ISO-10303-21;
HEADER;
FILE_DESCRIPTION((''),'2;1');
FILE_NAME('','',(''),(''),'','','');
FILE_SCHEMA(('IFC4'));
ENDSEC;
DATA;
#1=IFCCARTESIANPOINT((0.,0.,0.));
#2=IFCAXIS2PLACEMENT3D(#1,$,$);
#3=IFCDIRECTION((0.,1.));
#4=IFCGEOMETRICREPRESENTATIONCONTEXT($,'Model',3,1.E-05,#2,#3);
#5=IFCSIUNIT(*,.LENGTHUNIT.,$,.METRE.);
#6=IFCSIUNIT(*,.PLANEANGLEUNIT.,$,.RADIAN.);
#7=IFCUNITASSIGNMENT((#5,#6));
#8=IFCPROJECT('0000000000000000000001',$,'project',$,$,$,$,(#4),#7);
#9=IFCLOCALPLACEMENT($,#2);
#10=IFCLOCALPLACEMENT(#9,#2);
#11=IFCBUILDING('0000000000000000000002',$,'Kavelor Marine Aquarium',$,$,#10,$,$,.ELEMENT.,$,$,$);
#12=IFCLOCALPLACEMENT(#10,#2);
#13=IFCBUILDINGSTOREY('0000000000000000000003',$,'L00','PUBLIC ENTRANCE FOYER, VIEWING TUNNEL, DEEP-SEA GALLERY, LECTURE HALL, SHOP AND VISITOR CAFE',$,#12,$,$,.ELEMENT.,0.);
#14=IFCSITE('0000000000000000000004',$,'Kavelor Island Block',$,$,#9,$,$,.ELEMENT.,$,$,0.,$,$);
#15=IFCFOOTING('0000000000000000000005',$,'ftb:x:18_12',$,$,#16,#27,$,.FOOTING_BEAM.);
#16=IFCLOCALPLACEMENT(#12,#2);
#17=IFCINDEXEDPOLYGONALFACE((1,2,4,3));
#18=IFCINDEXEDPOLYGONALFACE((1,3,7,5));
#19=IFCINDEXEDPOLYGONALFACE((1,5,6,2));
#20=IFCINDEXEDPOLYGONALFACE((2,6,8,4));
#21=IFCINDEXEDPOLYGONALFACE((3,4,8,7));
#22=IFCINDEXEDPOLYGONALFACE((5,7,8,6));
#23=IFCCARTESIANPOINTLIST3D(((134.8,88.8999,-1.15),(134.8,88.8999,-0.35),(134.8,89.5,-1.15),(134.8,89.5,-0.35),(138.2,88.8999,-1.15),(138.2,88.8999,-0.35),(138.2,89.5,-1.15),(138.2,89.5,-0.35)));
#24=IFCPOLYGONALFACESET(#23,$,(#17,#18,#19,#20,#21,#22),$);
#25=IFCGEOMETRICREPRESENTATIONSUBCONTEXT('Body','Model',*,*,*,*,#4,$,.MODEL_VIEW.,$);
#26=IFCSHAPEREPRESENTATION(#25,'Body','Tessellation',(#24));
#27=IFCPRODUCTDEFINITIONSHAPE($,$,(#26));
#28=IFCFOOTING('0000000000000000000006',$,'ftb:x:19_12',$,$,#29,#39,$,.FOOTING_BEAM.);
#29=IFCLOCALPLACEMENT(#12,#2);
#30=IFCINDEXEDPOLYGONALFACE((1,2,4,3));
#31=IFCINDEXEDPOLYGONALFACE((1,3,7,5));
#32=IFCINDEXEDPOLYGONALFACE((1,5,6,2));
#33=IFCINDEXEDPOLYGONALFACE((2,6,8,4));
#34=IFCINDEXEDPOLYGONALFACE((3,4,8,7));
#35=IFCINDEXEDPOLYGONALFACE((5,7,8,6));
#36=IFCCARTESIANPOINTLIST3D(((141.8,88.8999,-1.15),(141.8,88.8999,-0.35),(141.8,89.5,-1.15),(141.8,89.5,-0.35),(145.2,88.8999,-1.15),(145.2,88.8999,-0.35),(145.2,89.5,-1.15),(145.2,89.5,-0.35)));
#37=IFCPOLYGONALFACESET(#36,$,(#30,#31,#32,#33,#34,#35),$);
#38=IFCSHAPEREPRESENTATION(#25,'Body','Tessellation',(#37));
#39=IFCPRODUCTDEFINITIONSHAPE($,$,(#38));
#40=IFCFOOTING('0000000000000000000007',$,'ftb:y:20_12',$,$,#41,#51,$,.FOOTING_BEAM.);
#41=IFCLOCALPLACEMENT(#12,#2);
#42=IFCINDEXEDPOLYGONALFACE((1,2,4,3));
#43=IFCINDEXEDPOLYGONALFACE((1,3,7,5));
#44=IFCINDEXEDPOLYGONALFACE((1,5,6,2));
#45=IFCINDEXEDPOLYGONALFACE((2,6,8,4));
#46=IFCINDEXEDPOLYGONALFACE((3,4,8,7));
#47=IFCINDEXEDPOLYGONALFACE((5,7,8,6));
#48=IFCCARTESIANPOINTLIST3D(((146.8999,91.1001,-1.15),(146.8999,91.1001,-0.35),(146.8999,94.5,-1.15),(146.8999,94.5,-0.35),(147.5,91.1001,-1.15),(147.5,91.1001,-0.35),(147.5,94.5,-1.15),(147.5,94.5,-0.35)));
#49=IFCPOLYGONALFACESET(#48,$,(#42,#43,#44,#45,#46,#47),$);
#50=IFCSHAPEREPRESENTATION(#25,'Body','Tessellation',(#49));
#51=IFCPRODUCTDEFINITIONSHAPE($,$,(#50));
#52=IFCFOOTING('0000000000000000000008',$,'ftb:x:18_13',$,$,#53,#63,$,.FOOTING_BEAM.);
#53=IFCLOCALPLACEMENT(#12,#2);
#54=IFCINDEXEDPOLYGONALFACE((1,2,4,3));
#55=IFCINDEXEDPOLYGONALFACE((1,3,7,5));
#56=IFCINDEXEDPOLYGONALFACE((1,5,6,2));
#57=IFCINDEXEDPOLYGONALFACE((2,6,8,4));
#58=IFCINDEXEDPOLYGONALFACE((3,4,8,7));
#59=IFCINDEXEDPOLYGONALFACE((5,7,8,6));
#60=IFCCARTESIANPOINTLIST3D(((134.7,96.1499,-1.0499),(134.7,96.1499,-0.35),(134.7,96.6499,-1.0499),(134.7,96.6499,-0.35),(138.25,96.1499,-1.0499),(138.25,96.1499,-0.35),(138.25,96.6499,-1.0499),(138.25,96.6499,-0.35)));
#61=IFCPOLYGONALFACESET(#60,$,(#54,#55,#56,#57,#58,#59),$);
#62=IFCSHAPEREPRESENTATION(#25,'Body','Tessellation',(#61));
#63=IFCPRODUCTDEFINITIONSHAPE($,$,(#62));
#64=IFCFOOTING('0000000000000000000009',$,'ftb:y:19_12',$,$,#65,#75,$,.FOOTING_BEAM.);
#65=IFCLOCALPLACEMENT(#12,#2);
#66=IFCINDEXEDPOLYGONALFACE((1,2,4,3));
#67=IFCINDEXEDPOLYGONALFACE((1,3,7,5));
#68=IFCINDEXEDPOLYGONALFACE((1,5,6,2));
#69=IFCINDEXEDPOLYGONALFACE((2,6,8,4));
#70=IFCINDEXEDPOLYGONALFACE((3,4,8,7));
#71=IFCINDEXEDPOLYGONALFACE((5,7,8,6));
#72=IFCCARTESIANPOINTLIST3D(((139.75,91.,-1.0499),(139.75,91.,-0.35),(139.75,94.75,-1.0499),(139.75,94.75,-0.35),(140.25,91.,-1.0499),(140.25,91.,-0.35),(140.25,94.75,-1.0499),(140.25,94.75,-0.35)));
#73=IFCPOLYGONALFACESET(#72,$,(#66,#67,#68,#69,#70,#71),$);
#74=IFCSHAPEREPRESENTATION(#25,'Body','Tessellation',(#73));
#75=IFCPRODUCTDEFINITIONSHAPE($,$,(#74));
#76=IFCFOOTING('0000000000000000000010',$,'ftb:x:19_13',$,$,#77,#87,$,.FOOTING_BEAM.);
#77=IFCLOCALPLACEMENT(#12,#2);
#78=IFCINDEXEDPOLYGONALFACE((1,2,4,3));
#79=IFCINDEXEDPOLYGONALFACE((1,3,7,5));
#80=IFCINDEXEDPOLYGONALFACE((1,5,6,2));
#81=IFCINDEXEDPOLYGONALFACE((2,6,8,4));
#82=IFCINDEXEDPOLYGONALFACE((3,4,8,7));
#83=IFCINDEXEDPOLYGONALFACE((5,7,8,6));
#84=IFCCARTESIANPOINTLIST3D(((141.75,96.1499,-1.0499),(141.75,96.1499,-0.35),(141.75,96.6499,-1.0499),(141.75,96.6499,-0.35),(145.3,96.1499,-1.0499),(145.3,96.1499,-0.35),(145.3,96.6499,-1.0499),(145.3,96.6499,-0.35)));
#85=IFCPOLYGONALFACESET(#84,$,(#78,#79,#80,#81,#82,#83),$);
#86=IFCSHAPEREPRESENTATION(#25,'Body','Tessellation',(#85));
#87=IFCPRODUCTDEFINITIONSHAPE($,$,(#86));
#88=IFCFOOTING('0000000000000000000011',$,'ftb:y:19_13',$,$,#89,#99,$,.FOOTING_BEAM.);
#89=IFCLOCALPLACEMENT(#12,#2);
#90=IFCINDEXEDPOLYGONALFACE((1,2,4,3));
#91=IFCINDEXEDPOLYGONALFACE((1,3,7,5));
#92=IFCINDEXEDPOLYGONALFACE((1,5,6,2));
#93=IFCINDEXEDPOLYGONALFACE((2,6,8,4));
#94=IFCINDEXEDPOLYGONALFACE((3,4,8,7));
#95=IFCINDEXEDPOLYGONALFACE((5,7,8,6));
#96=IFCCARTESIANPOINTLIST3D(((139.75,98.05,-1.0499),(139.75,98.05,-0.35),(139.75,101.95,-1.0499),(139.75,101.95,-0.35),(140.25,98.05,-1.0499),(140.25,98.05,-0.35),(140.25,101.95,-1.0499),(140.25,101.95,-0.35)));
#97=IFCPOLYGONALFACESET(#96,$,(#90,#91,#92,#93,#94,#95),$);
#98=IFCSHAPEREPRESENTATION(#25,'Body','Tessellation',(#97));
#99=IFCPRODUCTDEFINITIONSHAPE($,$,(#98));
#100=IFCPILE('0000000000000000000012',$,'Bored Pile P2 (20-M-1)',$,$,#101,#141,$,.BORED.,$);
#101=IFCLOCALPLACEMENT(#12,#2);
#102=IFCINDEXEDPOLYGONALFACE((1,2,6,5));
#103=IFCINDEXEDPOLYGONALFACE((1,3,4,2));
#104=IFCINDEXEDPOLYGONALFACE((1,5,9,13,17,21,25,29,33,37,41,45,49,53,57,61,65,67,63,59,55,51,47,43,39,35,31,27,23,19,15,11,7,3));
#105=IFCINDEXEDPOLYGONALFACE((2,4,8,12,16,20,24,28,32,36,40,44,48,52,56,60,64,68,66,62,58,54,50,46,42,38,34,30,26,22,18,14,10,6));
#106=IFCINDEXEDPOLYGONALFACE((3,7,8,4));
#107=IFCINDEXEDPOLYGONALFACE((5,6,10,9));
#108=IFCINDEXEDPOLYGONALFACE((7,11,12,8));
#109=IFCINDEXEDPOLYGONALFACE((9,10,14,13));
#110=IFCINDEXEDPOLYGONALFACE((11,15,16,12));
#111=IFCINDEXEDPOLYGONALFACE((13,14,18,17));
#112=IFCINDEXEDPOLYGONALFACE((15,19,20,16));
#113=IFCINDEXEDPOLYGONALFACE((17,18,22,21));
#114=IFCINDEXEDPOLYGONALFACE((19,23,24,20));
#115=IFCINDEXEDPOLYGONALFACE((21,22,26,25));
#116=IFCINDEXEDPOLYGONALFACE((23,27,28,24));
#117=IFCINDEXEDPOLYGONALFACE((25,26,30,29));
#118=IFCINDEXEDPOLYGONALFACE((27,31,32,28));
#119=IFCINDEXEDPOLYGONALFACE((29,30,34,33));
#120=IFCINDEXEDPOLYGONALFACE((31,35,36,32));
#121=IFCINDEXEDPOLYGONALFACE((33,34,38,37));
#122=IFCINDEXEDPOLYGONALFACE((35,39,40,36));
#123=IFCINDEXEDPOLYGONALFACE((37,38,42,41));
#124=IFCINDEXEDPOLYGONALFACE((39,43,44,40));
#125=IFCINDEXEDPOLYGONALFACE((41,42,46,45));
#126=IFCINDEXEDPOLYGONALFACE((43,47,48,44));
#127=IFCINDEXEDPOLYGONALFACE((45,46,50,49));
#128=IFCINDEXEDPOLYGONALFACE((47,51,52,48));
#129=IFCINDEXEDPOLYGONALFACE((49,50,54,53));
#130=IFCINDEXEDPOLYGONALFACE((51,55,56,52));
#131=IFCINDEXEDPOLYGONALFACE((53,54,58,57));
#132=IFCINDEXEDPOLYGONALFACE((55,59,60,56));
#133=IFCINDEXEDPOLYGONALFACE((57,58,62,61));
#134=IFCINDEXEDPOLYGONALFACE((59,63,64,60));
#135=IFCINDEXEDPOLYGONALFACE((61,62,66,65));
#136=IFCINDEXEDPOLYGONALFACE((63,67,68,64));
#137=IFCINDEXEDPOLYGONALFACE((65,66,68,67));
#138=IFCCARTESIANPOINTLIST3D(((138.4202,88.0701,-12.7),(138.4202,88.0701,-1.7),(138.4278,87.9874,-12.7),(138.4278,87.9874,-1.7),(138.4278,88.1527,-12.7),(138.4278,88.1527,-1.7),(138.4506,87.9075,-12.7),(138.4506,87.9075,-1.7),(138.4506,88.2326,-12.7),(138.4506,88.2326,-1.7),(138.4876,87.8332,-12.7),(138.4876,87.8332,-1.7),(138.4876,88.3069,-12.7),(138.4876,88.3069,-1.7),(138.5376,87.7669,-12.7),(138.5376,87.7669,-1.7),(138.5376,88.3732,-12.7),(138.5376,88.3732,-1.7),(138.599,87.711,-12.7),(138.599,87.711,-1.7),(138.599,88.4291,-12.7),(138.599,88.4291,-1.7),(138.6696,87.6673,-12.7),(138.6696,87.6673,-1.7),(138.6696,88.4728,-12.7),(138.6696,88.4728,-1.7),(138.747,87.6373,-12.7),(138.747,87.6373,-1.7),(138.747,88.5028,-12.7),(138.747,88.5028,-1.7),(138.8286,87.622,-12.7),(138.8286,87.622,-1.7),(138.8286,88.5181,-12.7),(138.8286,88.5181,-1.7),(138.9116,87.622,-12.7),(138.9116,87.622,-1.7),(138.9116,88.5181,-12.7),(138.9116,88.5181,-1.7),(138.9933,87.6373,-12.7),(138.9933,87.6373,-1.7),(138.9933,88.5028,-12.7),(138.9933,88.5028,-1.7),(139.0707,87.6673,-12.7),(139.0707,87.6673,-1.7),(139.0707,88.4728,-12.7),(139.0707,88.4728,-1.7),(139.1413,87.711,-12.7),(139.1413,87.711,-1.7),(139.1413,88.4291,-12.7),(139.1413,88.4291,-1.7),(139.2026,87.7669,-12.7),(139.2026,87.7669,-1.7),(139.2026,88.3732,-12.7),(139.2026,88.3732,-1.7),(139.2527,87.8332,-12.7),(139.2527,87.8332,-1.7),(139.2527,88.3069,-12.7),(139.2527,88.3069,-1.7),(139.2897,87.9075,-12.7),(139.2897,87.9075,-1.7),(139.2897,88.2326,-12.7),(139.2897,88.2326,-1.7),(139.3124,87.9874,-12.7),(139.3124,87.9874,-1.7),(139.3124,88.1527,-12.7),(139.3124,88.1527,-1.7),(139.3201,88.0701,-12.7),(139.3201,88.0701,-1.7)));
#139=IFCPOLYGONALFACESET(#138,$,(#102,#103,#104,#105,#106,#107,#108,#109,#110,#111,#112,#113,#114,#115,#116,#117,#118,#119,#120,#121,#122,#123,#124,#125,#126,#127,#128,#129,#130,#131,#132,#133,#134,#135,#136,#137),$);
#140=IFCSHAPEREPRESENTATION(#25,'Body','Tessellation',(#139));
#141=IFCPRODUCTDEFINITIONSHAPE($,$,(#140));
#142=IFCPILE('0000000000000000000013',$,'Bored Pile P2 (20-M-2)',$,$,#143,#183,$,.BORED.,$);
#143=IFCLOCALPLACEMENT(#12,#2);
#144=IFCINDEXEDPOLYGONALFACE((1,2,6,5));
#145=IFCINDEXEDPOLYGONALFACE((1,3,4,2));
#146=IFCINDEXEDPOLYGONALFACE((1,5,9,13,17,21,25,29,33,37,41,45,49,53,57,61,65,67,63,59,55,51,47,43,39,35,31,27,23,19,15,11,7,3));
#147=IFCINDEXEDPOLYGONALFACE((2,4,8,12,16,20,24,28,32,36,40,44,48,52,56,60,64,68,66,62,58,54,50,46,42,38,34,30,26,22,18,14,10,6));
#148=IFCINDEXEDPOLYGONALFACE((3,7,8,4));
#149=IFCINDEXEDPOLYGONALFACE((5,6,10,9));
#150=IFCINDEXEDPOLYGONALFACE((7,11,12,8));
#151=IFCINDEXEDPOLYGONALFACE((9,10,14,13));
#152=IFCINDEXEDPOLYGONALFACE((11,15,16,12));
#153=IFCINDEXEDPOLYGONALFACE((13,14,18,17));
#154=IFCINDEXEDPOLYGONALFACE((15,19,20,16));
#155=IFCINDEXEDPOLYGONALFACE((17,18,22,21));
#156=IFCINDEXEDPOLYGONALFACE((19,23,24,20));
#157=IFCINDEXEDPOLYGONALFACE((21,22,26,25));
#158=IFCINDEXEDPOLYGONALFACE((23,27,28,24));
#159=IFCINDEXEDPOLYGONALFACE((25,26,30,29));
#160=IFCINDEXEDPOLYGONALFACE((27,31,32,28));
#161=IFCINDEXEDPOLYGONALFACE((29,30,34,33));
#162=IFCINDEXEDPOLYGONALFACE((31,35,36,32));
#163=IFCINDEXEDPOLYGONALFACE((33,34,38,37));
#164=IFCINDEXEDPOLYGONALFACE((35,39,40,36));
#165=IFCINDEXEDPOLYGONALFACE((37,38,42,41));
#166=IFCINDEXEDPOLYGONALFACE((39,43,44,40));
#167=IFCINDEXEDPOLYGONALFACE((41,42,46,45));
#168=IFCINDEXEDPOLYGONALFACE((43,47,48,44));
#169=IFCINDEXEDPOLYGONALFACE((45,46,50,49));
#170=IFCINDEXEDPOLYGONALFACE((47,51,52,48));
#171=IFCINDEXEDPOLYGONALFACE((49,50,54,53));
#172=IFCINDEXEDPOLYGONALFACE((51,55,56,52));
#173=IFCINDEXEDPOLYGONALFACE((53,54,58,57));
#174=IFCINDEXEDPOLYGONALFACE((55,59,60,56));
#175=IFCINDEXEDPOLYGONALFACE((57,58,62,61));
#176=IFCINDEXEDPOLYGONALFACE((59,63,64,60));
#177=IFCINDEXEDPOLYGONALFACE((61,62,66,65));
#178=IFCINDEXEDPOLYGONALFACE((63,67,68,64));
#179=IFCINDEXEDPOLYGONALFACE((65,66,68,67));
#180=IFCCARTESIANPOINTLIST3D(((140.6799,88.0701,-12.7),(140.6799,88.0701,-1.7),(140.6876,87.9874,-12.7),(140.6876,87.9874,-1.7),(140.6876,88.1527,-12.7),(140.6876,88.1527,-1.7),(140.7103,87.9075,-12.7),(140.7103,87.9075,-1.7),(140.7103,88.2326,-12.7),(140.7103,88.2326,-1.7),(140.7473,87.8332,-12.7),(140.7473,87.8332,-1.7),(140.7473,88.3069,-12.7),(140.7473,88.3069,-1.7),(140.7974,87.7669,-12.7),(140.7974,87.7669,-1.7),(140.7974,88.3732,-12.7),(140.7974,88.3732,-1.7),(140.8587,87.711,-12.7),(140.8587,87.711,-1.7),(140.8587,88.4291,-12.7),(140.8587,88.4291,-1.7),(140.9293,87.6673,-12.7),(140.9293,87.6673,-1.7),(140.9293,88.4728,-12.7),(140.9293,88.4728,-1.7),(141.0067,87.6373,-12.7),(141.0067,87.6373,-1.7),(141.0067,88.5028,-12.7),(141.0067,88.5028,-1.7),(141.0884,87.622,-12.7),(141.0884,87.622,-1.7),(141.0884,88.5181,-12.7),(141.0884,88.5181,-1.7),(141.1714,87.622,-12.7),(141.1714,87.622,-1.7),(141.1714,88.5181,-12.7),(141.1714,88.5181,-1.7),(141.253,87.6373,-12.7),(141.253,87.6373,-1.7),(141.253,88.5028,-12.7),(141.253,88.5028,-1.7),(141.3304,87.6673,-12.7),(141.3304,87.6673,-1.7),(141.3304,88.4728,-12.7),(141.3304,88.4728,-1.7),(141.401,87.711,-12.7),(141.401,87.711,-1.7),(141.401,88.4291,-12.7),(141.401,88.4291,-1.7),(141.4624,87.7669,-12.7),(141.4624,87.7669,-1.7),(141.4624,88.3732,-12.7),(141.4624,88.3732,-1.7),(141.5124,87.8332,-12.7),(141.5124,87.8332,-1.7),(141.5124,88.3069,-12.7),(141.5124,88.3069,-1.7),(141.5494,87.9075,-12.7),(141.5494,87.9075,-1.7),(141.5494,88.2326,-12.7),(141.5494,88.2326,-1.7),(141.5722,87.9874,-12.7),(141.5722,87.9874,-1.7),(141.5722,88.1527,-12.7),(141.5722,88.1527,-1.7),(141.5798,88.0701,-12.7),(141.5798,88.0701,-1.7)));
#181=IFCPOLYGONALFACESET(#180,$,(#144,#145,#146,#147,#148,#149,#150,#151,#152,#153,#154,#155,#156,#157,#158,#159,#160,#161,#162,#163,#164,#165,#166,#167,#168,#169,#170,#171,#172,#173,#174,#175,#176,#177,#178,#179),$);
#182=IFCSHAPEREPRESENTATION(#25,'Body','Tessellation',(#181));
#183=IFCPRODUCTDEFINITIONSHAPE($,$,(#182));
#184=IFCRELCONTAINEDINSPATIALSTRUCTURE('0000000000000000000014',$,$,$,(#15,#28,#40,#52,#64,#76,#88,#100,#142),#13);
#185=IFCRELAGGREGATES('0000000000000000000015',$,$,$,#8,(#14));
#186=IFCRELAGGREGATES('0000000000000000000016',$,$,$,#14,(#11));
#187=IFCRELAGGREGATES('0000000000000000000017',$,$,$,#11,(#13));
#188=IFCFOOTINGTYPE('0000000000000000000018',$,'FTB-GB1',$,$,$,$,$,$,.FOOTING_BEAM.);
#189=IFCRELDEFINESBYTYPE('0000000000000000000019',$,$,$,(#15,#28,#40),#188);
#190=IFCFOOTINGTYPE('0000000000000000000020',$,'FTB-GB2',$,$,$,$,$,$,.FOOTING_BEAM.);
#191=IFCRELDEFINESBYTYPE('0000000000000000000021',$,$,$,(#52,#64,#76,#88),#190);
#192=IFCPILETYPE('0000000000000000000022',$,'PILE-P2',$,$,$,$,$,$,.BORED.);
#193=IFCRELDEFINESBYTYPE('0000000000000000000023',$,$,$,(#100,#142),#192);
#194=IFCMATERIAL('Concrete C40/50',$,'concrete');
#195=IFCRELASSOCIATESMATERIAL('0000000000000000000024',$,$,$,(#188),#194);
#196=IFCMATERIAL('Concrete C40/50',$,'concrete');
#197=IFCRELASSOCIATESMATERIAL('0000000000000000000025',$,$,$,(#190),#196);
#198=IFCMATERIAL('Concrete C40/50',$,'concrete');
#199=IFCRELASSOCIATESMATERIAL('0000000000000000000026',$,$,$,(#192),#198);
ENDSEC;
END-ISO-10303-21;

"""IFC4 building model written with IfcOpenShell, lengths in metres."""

from ifc_helpers import new_model, si_unit, direction, frame, origin, origin_2d, place, context, subcontext, project, spatial, rectangle, circle, extrude, material, material_profile, profile_set, type_object, element, save


model = new_model("IFC4")

# Units and contexts
model_context = context("Model", 3, precision=1e-05, world=origin(), true_north=direction((0.0, 1.0)))
body_context = subcontext(model_context, "Body", "Model", "MODEL_VIEW")
ifc_project = project(units=[si_unit("LENGTHUNIT", "METRE"), si_unit("PLANEANGLEUNIT", "RADIAN")], contexts=[model_context])

# Site, building, storey
site_placement = place(None, origin())
site = spatial("IfcSite", under=ifc_project, at=site_placement, Name="Kavelor Island Block", CompositionType="ELEMENT", RefElevation=0.0)
building_placement = place(site_placement, origin())
building = spatial("IfcBuilding", under=site, at=building_placement, Name="Kavelor Marine Aquarium", CompositionType="ELEMENT")
storey_placement = place(building_placement, origin())
storey = spatial("IfcBuildingStorey", under=building, at=storey_placement, Name="L00", Description="PUBLIC ENTRANCE FOYER, VIEWING TUNNEL, DEEP-SEA GALLERY, LECTURE HALL, SHOP AND VISITOR CAFE", CompositionType="ELEMENT", Elevation=0.0)

# Footings
ifc_material_1 = material(Name="Concrete C40/50", Category="concrete")
ifc_material_profile_1 = material_profile(ifc_material_1, rectangle(XDim=0.6001, YDim=0.8, at=origin_2d()), Name="GB 600x800")
ifc_profile_set_1 = profile_set([ifc_material_profile_1], Name="Concrete C40/50")
footing_type_1 = type_object("IfcFootingType", Name="FTB-GB1", PredefinedType="FOOTING_BEAM", material=ifc_profile_set_1)
for number, where, z_axis, x_axis, name in (
    (1, (134.8, 89.2, -0.75), (1.0, 0.0, 0.0), (0.0, 1.0, 0.0), "ftb:x:18_12"),
    (2, (141.8, 89.2, -0.75), (1.0, 0.0, 0.0), (0.0, 1.0, 0.0), "ftb:x:19_12"),
    (3, (147.2, 91.1001, -0.75), (0.0, 1.0, 0.0), (-1.0, 0.0, 0.0), "ftb:y:20_12"),
):
    element("IfcFooting", number, at=place(storey_placement, frame(where, z_axis=z_axis, x_axis=x_axis)), inside=storey, type_object=footing_type_1, Name=name, PredefinedType="FOOTING_BEAM", context=body_context, shape_type="SweptSolid", body=[
        extrude(rectangle(XDim=0.6001, YDim=0.8, at=origin_2d()), origin(), (0.0, 0.0, 1.0), 3.3999),
    ])
ifc_material_2 = material(Name="Concrete C40/50", Category="concrete")
ifc_material_profile_2 = material_profile(ifc_material_2, rectangle(XDim=0.5, YDim=0.7, at=origin_2d()), Name="GB 500x700")
ifc_profile_set_2 = profile_set([ifc_material_profile_2], Name="Concrete C40/50")
footing_type_2 = type_object("IfcFootingType", Name="FTB-GB2", PredefinedType="FOOTING_BEAM", material=ifc_profile_set_2)
footing_1_placement = place(storey_placement, frame((134.7, 96.3999, -0.7), z_axis=(1.0, 0.0, 0.0), x_axis=(0.0, 1.0, 0.0)))
element("IfcFooting", 4, at=footing_1_placement, inside=storey, type_object=footing_type_2, Name="ftb:x:18_13", PredefinedType="FOOTING_BEAM", context=body_context, shape_type="SweptSolid", body=[
    extrude(rectangle(XDim=0.5, YDim=0.7, at=origin_2d()), origin(), (0.0, 0.0, 1.0), 3.55),
])
footing_2_placement = place(storey_placement, frame((140.0, 91.0, -0.7), z_axis=(0.0, 1.0, 0.0), x_axis=(-1.0, 0.0, 0.0)))
element("IfcFooting", 5, at=footing_2_placement, inside=storey, type_object=footing_type_2, Name="ftb:y:19_12", PredefinedType="FOOTING_BEAM", context=body_context, shape_type="SweptSolid", body=[
    extrude(rectangle(XDim=0.5, YDim=0.7, at=origin_2d()), origin(), (0.0, 0.0, 1.0), 3.75),
])
footing_3_placement = place(storey_placement, frame((141.75, 96.3999, -0.7), z_axis=(1.0, 0.0, 0.0), x_axis=(0.0, 1.0, 0.0)))
element("IfcFooting", 6, at=footing_3_placement, inside=storey, type_object=footing_type_2, Name="ftb:x:19_13", PredefinedType="FOOTING_BEAM", context=body_context, shape_type="SweptSolid", body=[
    extrude(rectangle(XDim=0.5, YDim=0.7, at=origin_2d()), origin(), (0.0, 0.0, 1.0), 3.55),
])
footing_4_placement = place(storey_placement, frame((140.0, 98.05, -0.7), z_axis=(0.0, 1.0, 0.0), x_axis=(-1.0, 0.0, 0.0)))
element("IfcFooting", 7, at=footing_4_placement, inside=storey, type_object=footing_type_2, Name="ftb:y:19_13", PredefinedType="FOOTING_BEAM", context=body_context, shape_type="SweptSolid", body=[
    extrude(rectangle(XDim=0.5, YDim=0.7, at=origin_2d()), origin(), (0.0, 0.0, 1.0), 3.8999),
])

# Piles
ifc_material_3 = material(Name="Concrete C40/50", Category="concrete")
ifc_material_profile_3 = material_profile(ifc_material_3, circle(Radius=0.45, at=origin_2d()), Name="PILE D900")
ifc_profile_set_3 = profile_set([ifc_material_profile_3], Name="Concrete C40/50")
pile_type_1 = type_object("IfcPileType", Name="PILE-P2", PredefinedType="BORED", material=ifc_profile_set_3)
for number, where, z_axis, x_axis, name in (
    (8, (138.8701, 88.0701, -1.7), (0.0, 0.0, -1.0), (1.0, 0.0, 0.0), "Bored Pile P2 (20-M-1)"),
    (9, (141.1299, 88.0701, -1.7), (0.0, 0.0, -1.0), (1.0, 0.0, 0.0), "Bored Pile P2 (20-M-2)"),
):
    element("IfcPile", number, at=place(storey_placement, frame(where, z_axis=z_axis, x_axis=x_axis)), inside=storey, type_object=pile_type_1, Name=name, PredefinedType="BORED", context=body_context, shape_type="SweptSolid", body=[
        extrude(circle(Radius=0.45, at=origin_2d()), origin(), (0.0, 0.0, 1.0), 11.0),
    ])

save(model, "model.ifc")
